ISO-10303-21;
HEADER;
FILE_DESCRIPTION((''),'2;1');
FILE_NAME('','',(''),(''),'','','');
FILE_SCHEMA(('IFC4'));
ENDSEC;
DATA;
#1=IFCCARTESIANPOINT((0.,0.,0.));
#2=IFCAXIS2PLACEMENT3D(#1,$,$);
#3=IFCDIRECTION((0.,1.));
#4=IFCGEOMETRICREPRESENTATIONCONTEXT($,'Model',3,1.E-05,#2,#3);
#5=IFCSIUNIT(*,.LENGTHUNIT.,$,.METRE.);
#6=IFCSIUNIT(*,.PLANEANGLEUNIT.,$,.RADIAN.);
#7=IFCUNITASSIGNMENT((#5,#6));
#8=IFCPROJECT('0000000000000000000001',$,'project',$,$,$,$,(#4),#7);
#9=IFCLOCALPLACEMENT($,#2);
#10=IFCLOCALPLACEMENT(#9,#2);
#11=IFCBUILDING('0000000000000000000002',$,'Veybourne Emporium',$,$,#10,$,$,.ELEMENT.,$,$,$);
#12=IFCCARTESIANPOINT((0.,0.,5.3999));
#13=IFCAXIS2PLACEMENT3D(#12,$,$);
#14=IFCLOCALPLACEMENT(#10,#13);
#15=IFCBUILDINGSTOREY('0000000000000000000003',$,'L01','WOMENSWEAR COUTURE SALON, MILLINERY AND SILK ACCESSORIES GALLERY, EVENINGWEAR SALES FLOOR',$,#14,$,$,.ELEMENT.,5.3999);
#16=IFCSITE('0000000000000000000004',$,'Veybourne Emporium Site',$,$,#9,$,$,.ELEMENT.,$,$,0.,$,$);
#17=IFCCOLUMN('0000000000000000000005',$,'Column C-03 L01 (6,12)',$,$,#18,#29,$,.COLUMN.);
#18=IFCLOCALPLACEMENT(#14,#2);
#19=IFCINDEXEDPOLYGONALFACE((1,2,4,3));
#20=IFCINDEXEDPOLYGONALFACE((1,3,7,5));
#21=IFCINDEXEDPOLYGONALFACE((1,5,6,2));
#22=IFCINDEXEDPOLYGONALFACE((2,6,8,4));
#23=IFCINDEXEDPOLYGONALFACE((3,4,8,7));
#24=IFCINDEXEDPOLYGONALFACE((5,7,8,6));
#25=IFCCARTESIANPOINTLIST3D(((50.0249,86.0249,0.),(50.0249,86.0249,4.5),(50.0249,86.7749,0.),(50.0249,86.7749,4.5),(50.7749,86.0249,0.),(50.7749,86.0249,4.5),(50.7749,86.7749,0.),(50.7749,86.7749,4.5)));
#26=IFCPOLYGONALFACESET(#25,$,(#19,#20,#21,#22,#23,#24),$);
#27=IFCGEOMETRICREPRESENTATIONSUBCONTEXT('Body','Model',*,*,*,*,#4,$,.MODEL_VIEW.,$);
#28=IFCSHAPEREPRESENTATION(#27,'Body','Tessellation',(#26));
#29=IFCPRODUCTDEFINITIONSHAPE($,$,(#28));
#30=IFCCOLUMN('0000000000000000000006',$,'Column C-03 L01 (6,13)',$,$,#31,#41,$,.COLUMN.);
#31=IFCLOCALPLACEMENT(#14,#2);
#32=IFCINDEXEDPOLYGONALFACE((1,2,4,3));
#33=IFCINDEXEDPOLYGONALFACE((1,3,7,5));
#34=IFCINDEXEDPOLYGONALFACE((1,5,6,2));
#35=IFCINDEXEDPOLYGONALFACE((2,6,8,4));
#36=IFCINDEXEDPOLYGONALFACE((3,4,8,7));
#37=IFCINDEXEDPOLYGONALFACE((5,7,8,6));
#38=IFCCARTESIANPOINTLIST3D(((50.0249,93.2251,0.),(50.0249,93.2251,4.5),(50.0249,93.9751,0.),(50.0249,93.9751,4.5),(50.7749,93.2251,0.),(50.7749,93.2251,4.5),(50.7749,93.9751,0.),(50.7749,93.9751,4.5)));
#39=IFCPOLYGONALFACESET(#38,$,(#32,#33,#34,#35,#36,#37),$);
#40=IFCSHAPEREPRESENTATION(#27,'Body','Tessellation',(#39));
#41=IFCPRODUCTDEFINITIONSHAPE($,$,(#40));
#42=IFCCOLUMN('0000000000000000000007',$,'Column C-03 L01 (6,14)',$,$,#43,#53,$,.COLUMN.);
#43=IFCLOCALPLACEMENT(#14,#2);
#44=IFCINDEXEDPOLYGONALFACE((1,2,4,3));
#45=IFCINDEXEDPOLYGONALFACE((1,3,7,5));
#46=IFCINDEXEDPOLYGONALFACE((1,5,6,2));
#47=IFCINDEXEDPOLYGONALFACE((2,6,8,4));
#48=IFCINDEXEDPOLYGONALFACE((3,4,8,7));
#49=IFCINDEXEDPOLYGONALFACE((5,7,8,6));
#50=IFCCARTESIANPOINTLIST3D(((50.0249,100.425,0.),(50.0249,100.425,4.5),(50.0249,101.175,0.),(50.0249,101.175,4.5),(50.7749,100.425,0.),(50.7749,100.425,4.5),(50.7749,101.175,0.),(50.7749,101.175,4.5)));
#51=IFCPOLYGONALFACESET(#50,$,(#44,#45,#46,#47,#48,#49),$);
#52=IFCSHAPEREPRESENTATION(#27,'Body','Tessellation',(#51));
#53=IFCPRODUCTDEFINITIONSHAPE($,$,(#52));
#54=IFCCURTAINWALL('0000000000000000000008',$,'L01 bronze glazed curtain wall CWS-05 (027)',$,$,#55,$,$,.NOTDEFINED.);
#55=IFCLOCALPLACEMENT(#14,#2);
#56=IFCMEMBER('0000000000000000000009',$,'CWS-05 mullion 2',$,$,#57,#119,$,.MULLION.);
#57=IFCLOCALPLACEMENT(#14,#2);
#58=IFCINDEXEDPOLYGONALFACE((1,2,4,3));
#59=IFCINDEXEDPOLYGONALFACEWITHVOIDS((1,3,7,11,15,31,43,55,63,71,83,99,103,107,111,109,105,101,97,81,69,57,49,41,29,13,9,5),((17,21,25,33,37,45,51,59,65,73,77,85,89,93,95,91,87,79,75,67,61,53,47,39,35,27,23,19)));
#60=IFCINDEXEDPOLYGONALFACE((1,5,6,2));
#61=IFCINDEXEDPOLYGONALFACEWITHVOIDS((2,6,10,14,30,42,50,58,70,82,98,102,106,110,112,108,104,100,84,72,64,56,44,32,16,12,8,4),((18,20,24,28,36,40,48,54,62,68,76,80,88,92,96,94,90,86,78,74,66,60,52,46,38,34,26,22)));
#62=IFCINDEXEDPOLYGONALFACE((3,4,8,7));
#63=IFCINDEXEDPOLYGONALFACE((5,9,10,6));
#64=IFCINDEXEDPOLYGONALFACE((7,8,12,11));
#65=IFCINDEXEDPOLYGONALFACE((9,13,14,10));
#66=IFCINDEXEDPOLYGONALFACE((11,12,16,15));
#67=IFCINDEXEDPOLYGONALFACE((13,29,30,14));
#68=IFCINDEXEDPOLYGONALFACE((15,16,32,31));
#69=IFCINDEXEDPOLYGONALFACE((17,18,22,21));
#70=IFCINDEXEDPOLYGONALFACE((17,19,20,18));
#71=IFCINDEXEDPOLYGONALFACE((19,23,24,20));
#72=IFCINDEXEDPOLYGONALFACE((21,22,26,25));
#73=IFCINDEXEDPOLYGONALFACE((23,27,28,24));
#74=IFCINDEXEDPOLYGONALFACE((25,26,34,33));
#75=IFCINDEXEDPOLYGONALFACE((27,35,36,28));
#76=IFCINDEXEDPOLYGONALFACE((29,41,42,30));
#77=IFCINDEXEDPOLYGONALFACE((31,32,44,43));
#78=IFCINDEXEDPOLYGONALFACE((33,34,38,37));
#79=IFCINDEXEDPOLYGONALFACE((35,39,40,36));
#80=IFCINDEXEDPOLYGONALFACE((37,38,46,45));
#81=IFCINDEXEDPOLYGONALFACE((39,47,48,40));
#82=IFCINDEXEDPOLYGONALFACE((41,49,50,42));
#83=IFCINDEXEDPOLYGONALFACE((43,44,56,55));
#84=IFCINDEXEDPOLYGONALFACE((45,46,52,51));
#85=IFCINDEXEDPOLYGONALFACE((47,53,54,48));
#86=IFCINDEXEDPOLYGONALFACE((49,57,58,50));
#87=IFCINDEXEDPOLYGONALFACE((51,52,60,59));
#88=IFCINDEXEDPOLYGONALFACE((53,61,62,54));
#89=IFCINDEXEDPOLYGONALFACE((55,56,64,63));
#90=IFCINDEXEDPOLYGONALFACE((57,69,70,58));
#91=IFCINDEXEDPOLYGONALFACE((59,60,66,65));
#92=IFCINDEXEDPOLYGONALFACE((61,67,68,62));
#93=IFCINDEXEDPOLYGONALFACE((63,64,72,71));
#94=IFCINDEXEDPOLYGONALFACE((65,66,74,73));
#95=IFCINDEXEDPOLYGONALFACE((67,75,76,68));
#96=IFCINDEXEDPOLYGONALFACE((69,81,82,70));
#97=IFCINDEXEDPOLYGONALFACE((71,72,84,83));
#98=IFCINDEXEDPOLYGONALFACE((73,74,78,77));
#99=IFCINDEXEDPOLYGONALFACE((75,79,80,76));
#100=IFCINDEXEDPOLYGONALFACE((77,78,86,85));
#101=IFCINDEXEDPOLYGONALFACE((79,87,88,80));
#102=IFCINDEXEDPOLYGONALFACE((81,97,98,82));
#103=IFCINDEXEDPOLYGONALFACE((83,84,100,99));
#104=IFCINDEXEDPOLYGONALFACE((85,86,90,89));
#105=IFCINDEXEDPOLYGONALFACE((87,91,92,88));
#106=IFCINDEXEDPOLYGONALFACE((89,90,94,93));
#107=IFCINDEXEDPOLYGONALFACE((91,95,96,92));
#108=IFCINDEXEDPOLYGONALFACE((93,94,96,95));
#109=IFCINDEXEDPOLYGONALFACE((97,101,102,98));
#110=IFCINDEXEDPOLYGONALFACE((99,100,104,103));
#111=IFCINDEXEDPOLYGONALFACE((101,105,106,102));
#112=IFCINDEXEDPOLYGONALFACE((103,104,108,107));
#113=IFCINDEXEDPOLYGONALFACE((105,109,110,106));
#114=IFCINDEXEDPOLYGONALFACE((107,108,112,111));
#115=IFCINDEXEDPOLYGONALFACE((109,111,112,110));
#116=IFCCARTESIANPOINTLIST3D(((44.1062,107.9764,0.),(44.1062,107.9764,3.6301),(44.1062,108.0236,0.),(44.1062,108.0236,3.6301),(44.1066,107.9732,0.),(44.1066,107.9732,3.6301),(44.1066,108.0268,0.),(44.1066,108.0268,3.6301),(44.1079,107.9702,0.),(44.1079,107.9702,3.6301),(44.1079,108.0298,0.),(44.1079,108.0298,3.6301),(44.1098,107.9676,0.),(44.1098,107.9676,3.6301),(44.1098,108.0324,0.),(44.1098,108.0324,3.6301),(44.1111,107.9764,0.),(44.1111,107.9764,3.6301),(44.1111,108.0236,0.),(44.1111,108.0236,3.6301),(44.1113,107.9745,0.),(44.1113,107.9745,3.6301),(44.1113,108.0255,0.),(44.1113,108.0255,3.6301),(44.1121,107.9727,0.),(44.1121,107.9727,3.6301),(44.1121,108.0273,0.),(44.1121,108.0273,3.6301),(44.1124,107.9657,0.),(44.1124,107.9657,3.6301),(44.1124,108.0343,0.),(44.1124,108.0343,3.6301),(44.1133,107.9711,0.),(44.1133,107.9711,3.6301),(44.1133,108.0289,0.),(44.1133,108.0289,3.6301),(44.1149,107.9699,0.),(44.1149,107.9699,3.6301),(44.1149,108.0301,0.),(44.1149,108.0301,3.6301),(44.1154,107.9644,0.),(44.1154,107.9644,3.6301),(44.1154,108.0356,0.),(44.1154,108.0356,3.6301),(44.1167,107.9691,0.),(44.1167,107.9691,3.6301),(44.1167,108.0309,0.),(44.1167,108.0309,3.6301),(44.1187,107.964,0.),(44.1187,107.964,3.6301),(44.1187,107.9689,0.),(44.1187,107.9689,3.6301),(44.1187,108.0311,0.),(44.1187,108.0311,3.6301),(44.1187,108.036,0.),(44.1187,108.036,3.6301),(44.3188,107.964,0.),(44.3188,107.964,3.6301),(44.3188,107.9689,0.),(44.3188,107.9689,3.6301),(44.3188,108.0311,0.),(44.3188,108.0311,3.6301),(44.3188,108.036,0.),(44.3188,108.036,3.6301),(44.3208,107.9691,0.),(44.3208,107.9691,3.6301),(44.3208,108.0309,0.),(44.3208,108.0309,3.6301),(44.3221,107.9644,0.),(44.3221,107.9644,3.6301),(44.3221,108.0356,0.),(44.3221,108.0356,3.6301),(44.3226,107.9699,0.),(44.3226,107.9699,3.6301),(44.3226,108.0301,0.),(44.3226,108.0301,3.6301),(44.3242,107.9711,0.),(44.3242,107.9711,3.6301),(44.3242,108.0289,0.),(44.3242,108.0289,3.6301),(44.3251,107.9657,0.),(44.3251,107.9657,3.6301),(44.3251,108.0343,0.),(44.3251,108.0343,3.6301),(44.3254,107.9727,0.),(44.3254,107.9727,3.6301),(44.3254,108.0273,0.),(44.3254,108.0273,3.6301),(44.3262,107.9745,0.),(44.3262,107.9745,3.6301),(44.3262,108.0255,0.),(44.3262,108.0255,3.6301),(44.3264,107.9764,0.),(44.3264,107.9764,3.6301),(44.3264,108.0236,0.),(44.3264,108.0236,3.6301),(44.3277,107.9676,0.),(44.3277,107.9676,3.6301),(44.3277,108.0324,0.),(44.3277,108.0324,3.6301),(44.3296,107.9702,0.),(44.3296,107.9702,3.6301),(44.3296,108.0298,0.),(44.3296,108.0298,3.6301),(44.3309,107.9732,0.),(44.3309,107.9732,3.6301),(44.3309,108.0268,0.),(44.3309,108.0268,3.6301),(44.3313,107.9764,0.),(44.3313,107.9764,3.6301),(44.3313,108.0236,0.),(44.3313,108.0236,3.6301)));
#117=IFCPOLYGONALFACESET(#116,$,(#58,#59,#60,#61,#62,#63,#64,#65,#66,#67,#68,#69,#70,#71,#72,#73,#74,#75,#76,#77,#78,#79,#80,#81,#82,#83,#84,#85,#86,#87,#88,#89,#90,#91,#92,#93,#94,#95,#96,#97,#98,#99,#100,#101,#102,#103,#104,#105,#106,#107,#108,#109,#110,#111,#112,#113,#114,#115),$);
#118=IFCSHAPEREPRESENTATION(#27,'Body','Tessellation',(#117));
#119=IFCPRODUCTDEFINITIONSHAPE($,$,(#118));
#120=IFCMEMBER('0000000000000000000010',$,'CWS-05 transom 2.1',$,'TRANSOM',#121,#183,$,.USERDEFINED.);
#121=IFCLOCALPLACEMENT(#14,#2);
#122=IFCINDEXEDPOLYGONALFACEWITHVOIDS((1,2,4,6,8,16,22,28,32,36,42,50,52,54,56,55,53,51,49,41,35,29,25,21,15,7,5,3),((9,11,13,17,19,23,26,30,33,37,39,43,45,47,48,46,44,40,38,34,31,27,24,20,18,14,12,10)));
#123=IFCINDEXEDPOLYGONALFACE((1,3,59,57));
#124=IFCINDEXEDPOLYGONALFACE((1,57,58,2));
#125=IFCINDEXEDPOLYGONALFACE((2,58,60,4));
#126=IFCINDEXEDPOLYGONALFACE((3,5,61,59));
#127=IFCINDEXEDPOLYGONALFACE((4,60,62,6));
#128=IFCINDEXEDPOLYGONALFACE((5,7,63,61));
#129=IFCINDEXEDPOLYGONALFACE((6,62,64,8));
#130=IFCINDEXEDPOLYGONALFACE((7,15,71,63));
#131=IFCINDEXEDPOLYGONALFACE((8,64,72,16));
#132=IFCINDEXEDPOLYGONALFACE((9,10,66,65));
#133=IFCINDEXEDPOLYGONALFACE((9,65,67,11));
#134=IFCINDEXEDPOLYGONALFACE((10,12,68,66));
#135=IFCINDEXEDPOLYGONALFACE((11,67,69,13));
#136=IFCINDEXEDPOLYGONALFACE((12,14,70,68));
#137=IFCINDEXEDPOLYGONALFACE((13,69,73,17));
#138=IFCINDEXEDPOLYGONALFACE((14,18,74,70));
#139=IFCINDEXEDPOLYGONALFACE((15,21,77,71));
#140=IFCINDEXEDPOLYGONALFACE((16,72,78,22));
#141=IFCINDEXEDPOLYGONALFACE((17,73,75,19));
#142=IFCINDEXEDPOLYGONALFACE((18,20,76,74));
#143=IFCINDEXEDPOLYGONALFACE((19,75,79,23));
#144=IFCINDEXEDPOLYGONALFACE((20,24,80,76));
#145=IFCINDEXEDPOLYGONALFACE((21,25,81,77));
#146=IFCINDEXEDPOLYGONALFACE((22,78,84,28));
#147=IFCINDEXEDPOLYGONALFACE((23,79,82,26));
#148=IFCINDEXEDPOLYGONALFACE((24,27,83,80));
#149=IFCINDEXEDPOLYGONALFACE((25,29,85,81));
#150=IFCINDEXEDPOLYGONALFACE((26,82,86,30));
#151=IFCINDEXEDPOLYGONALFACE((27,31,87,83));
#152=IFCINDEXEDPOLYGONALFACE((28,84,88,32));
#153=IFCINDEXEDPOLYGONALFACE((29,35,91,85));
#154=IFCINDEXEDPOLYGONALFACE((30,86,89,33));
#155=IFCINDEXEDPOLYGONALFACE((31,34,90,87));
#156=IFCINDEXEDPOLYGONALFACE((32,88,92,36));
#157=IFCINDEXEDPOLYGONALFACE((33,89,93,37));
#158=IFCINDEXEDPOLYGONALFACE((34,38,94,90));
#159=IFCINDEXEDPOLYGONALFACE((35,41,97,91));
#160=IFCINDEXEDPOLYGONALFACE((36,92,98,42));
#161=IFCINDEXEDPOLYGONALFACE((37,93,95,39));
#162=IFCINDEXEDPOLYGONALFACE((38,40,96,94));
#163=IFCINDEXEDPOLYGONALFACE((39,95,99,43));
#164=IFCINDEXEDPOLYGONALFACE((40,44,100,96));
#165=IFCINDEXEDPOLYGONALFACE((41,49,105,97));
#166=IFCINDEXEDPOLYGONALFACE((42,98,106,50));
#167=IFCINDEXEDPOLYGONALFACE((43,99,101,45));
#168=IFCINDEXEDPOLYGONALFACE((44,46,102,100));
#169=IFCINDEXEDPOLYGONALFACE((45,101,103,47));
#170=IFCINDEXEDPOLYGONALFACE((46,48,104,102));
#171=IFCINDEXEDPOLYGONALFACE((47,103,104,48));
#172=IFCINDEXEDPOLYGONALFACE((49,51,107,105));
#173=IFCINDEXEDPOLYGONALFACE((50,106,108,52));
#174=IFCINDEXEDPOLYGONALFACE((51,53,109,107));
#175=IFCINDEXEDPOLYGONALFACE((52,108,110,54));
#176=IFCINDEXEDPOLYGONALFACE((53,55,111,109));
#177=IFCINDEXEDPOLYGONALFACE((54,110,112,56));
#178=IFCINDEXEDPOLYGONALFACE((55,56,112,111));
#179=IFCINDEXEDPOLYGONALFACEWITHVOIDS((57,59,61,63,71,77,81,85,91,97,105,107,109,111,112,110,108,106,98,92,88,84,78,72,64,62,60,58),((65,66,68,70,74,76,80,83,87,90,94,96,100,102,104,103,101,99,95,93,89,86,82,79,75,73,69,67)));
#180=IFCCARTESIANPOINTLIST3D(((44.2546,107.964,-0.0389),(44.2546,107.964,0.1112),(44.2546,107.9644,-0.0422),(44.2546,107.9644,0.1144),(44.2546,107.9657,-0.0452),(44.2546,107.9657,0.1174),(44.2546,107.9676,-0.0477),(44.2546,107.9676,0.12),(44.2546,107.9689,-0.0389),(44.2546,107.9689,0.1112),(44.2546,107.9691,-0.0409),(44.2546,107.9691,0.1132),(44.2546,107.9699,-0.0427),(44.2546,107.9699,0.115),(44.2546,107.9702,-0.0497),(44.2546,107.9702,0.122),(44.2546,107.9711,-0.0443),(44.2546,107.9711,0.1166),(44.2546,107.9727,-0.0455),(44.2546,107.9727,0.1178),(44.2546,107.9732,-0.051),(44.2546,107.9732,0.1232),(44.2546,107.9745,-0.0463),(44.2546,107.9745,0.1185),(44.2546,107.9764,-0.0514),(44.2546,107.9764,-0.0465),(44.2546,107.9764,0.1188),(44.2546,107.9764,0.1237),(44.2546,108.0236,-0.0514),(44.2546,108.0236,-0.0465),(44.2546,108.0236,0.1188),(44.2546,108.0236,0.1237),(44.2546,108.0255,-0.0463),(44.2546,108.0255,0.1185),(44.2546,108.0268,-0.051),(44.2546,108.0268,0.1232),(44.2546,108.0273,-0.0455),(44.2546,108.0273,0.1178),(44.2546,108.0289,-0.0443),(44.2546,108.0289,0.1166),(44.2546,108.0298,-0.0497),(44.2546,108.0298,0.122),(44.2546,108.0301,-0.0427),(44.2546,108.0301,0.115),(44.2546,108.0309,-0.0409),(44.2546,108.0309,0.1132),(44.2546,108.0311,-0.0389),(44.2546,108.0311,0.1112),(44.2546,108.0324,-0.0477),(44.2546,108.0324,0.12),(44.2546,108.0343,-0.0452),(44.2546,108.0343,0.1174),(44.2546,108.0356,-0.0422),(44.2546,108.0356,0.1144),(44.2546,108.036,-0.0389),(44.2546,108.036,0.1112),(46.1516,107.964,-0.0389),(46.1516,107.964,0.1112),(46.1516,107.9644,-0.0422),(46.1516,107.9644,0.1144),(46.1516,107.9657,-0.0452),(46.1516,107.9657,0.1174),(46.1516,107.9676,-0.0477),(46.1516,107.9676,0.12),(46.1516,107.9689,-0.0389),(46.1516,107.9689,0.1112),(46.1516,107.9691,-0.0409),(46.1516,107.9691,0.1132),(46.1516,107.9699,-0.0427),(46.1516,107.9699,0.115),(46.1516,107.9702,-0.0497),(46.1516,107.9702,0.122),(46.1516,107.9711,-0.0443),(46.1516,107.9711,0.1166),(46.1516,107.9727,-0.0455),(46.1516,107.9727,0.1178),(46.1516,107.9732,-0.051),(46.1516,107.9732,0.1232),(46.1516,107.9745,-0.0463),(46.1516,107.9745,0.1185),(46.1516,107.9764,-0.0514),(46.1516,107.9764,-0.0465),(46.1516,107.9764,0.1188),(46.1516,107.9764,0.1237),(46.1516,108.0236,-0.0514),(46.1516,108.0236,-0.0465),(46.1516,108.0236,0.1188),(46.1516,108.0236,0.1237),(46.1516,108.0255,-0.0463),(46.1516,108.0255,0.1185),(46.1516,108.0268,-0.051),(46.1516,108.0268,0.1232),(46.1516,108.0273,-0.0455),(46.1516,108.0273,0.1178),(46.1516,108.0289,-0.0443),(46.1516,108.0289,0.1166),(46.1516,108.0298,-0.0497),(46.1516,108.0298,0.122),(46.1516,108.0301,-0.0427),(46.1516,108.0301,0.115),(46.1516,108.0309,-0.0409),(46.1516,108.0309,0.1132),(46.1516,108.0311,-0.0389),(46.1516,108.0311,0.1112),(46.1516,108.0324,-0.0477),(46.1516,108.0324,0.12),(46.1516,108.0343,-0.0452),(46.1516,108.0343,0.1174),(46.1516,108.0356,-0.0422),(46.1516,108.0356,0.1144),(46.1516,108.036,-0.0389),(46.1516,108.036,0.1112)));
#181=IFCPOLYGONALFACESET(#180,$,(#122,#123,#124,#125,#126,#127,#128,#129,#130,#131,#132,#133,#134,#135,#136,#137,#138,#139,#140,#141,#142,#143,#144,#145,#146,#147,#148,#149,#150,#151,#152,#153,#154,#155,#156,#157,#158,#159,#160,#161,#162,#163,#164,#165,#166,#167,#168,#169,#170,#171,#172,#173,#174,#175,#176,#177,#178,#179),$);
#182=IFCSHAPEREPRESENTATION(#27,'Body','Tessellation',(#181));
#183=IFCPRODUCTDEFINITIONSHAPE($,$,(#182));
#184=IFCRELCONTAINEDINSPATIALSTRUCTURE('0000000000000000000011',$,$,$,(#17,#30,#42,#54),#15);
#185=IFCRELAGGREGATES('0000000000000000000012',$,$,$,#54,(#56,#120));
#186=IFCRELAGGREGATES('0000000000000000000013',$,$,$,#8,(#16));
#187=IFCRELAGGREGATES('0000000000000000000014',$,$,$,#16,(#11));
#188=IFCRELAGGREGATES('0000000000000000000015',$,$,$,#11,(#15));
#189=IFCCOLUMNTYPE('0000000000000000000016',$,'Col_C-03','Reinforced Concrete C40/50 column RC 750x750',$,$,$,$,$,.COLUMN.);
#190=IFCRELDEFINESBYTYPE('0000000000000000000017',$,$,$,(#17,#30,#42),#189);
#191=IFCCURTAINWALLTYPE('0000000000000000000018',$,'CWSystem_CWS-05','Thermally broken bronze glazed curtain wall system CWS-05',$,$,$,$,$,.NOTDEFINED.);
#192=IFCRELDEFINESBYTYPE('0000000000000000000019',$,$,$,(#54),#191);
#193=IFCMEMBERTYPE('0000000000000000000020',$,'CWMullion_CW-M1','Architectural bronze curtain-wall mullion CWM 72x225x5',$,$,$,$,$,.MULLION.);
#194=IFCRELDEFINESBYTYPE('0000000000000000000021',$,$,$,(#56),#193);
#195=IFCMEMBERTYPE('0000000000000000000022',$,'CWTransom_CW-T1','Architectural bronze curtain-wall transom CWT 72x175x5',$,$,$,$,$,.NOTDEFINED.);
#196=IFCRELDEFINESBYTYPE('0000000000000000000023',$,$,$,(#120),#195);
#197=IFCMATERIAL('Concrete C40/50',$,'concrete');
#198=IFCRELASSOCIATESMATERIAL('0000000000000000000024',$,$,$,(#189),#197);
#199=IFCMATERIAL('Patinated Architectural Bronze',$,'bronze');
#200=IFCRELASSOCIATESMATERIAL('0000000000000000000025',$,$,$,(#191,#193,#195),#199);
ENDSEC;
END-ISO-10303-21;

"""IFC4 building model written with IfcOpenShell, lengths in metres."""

from ifc_helpers import new_model, si_unit, direction, frame, origin, origin_2d, place, context, subcontext, project, spatial, rectangle, hollow_rectangle, extrude, material, material_profile, profile_set, type_object, element, aggregate, save


model = new_model("IFC4")

# Units and contexts
model_context = context("Model", 3, precision=1e-05, world=origin(), true_north=direction((0.0, 1.0)))
body_context = subcontext(model_context, "Body", "Model", "MODEL_VIEW")
ifc_project = project(units=[si_unit("LENGTHUNIT", "METRE"), si_unit("PLANEANGLEUNIT", "RADIAN")], contexts=[model_context])

# Site, building, storey
site_placement = place(None, origin())
site = spatial("IfcSite", under=ifc_project, at=site_placement, Name="Veybourne Emporium Site", CompositionType="ELEMENT", RefElevation=0.0)
building_placement = place(site_placement, origin())
building = spatial("IfcBuilding", under=site, at=building_placement, Name="Veybourne Emporium", CompositionType="ELEMENT")
storey_placement = place(building_placement, frame((0.0, 0.0, 5.3999)))
storey = spatial("IfcBuildingStorey", under=building, at=storey_placement, Name="L01", Description="WOMENSWEAR COUTURE SALON, MILLINERY AND SILK ACCESSORIES GALLERY, EVENINGWEAR SALES FLOOR", CompositionType="ELEMENT", Elevation=5.3999)

# Columns
ifc_material_1 = material(Name="Concrete C40/50", Category="concrete")
ifc_material_profile_1 = material_profile(ifc_material_1, rectangle(XDim=0.75, YDim=0.75, at=origin_2d()), Name="RC 750x750")
ifc_profile_set_1 = profile_set([ifc_material_profile_1], Name="Concrete C40/50")
column_type = type_object("IfcColumnType", Name="Col_C-03", Description="Reinforced Concrete C40/50 column RC 750x750", PredefinedType="COLUMN", material=ifc_profile_set_1)
for number, where, z_axis, x_axis, name in (
    (1, (50.3999, 86.3999, 0.0), (0.0, 0.0, 1.0), (1.0, 0.0, 0.0), "Column C-03 L01 (6,12)"),
    (2, (50.3999, 93.6001, 0.0), (0.0, 0.0, 1.0), (1.0, 0.0, 0.0), "Column C-03 L01 (6,13)"),
    (3, (50.3999, 100.8, 0.0), (0.0, 0.0, 1.0), (1.0, 0.0, 0.0), "Column C-03 L01 (6,14)"),
):
    element("IfcColumn", number, at=place(storey_placement, frame(where, z_axis=z_axis, x_axis=x_axis)), inside=storey, type_object=column_type, Name=name, PredefinedType="COLUMN", context=body_context, shape_type="SweptSolid", body=[
        extrude(rectangle(XDim=0.75, YDim=0.75, at=origin_2d()), origin(), (0.0, 0.0, 1.0), 4.5),
    ])

# Curtain wall, members
ifc_material_2 = material(Name="Patinated Architectural Bronze", Category="bronze")
curtain_wall_type = type_object("IfcCurtainWallType", Name="CWSystem_CWS-05", Description="Thermally broken bronze glazed curtain wall system CWS-05", PredefinedType="NOTDEFINED", material=ifc_material_2)
curtain_wall_placement = place(storey_placement, origin())
curtain_wall = element("IfcCurtainWall", 4, at=curtain_wall_placement, inside=storey, type_object=curtain_wall_type, Name="L01 bronze glazed curtain wall CWS-05 (027)", PredefinedType="NOTDEFINED")
ifc_material_profile_2 = material_profile(ifc_material_2, hollow_rectangle(XDim=0.072, YDim=0.2251, WallThickness=0.0049, InnerFilletRadius=0.0076, OuterFilletRadius=0.0125, at=origin_2d()), Name="CWM 72x225x5")
ifc_profile_set_2 = profile_set([ifc_material_profile_2], Name="Patinated Architectural Bronze")
member_type_1 = type_object("IfcMemberType", Name="CWMullion_CW-M1", Description="Architectural bronze curtain-wall mullion CWM 72x225x5", PredefinedType="MULLION", material=ifc_profile_set_2)
member_1_placement = place(storey_placement, frame((44.2188, 108.0, 0.0), z_axis=(0.0, 0.0, 1.0), x_axis=(0.0, 1.0, 0.0)))
member_1 = element("IfcMember", 5, at=member_1_placement, type_object=member_type_1, Name="CWS-05 mullion 2", PredefinedType="MULLION", context=body_context, shape_type="SweptSolid", body=[
    extrude(hollow_rectangle(XDim=0.072, YDim=0.2251, WallThickness=0.0049, InnerFilletRadius=0.0076, OuterFilletRadius=0.0125, at=origin_2d()), origin(), (0.0, 0.0, 1.0), 3.6301),
])
ifc_material_profile_3 = material_profile(ifc_material_2, hollow_rectangle(XDim=0.072, YDim=0.175, WallThickness=0.0049, InnerFilletRadius=0.0076, OuterFilletRadius=0.0125, at=origin_2d()), Name="CWT 72x175x5")
ifc_profile_set_3 = profile_set([ifc_material_profile_3], Name="Patinated Architectural Bronze")
member_type_2 = type_object("IfcMemberType", Name="CWTransom_CW-T1", Description="Architectural bronze curtain-wall transom CWT 72x175x5", PredefinedType="NOTDEFINED", material=ifc_profile_set_3)
member_2_placement = place(storey_placement, frame((44.2546, 108.0, 0.0361), z_axis=(1.0, 0.0, 0.0), x_axis=(0.0, 1.0, 0.0)))
member_2 = element("IfcMember", 6, at=member_2_placement, type_object=member_type_2, Name="CWS-05 transom 2.1", ObjectType="TRANSOM", PredefinedType="USERDEFINED", context=body_context, shape_type="SweptSolid", body=[
    extrude(hollow_rectangle(XDim=0.072, YDim=0.175, WallThickness=0.0049, InnerFilletRadius=0.0076, OuterFilletRadius=0.0125, at=origin_2d()), origin(), (0.0, 0.0, 1.0), 1.897),
])

aggregate(curtain_wall, [member_1, member_2])

save(model, "model.ifc")
